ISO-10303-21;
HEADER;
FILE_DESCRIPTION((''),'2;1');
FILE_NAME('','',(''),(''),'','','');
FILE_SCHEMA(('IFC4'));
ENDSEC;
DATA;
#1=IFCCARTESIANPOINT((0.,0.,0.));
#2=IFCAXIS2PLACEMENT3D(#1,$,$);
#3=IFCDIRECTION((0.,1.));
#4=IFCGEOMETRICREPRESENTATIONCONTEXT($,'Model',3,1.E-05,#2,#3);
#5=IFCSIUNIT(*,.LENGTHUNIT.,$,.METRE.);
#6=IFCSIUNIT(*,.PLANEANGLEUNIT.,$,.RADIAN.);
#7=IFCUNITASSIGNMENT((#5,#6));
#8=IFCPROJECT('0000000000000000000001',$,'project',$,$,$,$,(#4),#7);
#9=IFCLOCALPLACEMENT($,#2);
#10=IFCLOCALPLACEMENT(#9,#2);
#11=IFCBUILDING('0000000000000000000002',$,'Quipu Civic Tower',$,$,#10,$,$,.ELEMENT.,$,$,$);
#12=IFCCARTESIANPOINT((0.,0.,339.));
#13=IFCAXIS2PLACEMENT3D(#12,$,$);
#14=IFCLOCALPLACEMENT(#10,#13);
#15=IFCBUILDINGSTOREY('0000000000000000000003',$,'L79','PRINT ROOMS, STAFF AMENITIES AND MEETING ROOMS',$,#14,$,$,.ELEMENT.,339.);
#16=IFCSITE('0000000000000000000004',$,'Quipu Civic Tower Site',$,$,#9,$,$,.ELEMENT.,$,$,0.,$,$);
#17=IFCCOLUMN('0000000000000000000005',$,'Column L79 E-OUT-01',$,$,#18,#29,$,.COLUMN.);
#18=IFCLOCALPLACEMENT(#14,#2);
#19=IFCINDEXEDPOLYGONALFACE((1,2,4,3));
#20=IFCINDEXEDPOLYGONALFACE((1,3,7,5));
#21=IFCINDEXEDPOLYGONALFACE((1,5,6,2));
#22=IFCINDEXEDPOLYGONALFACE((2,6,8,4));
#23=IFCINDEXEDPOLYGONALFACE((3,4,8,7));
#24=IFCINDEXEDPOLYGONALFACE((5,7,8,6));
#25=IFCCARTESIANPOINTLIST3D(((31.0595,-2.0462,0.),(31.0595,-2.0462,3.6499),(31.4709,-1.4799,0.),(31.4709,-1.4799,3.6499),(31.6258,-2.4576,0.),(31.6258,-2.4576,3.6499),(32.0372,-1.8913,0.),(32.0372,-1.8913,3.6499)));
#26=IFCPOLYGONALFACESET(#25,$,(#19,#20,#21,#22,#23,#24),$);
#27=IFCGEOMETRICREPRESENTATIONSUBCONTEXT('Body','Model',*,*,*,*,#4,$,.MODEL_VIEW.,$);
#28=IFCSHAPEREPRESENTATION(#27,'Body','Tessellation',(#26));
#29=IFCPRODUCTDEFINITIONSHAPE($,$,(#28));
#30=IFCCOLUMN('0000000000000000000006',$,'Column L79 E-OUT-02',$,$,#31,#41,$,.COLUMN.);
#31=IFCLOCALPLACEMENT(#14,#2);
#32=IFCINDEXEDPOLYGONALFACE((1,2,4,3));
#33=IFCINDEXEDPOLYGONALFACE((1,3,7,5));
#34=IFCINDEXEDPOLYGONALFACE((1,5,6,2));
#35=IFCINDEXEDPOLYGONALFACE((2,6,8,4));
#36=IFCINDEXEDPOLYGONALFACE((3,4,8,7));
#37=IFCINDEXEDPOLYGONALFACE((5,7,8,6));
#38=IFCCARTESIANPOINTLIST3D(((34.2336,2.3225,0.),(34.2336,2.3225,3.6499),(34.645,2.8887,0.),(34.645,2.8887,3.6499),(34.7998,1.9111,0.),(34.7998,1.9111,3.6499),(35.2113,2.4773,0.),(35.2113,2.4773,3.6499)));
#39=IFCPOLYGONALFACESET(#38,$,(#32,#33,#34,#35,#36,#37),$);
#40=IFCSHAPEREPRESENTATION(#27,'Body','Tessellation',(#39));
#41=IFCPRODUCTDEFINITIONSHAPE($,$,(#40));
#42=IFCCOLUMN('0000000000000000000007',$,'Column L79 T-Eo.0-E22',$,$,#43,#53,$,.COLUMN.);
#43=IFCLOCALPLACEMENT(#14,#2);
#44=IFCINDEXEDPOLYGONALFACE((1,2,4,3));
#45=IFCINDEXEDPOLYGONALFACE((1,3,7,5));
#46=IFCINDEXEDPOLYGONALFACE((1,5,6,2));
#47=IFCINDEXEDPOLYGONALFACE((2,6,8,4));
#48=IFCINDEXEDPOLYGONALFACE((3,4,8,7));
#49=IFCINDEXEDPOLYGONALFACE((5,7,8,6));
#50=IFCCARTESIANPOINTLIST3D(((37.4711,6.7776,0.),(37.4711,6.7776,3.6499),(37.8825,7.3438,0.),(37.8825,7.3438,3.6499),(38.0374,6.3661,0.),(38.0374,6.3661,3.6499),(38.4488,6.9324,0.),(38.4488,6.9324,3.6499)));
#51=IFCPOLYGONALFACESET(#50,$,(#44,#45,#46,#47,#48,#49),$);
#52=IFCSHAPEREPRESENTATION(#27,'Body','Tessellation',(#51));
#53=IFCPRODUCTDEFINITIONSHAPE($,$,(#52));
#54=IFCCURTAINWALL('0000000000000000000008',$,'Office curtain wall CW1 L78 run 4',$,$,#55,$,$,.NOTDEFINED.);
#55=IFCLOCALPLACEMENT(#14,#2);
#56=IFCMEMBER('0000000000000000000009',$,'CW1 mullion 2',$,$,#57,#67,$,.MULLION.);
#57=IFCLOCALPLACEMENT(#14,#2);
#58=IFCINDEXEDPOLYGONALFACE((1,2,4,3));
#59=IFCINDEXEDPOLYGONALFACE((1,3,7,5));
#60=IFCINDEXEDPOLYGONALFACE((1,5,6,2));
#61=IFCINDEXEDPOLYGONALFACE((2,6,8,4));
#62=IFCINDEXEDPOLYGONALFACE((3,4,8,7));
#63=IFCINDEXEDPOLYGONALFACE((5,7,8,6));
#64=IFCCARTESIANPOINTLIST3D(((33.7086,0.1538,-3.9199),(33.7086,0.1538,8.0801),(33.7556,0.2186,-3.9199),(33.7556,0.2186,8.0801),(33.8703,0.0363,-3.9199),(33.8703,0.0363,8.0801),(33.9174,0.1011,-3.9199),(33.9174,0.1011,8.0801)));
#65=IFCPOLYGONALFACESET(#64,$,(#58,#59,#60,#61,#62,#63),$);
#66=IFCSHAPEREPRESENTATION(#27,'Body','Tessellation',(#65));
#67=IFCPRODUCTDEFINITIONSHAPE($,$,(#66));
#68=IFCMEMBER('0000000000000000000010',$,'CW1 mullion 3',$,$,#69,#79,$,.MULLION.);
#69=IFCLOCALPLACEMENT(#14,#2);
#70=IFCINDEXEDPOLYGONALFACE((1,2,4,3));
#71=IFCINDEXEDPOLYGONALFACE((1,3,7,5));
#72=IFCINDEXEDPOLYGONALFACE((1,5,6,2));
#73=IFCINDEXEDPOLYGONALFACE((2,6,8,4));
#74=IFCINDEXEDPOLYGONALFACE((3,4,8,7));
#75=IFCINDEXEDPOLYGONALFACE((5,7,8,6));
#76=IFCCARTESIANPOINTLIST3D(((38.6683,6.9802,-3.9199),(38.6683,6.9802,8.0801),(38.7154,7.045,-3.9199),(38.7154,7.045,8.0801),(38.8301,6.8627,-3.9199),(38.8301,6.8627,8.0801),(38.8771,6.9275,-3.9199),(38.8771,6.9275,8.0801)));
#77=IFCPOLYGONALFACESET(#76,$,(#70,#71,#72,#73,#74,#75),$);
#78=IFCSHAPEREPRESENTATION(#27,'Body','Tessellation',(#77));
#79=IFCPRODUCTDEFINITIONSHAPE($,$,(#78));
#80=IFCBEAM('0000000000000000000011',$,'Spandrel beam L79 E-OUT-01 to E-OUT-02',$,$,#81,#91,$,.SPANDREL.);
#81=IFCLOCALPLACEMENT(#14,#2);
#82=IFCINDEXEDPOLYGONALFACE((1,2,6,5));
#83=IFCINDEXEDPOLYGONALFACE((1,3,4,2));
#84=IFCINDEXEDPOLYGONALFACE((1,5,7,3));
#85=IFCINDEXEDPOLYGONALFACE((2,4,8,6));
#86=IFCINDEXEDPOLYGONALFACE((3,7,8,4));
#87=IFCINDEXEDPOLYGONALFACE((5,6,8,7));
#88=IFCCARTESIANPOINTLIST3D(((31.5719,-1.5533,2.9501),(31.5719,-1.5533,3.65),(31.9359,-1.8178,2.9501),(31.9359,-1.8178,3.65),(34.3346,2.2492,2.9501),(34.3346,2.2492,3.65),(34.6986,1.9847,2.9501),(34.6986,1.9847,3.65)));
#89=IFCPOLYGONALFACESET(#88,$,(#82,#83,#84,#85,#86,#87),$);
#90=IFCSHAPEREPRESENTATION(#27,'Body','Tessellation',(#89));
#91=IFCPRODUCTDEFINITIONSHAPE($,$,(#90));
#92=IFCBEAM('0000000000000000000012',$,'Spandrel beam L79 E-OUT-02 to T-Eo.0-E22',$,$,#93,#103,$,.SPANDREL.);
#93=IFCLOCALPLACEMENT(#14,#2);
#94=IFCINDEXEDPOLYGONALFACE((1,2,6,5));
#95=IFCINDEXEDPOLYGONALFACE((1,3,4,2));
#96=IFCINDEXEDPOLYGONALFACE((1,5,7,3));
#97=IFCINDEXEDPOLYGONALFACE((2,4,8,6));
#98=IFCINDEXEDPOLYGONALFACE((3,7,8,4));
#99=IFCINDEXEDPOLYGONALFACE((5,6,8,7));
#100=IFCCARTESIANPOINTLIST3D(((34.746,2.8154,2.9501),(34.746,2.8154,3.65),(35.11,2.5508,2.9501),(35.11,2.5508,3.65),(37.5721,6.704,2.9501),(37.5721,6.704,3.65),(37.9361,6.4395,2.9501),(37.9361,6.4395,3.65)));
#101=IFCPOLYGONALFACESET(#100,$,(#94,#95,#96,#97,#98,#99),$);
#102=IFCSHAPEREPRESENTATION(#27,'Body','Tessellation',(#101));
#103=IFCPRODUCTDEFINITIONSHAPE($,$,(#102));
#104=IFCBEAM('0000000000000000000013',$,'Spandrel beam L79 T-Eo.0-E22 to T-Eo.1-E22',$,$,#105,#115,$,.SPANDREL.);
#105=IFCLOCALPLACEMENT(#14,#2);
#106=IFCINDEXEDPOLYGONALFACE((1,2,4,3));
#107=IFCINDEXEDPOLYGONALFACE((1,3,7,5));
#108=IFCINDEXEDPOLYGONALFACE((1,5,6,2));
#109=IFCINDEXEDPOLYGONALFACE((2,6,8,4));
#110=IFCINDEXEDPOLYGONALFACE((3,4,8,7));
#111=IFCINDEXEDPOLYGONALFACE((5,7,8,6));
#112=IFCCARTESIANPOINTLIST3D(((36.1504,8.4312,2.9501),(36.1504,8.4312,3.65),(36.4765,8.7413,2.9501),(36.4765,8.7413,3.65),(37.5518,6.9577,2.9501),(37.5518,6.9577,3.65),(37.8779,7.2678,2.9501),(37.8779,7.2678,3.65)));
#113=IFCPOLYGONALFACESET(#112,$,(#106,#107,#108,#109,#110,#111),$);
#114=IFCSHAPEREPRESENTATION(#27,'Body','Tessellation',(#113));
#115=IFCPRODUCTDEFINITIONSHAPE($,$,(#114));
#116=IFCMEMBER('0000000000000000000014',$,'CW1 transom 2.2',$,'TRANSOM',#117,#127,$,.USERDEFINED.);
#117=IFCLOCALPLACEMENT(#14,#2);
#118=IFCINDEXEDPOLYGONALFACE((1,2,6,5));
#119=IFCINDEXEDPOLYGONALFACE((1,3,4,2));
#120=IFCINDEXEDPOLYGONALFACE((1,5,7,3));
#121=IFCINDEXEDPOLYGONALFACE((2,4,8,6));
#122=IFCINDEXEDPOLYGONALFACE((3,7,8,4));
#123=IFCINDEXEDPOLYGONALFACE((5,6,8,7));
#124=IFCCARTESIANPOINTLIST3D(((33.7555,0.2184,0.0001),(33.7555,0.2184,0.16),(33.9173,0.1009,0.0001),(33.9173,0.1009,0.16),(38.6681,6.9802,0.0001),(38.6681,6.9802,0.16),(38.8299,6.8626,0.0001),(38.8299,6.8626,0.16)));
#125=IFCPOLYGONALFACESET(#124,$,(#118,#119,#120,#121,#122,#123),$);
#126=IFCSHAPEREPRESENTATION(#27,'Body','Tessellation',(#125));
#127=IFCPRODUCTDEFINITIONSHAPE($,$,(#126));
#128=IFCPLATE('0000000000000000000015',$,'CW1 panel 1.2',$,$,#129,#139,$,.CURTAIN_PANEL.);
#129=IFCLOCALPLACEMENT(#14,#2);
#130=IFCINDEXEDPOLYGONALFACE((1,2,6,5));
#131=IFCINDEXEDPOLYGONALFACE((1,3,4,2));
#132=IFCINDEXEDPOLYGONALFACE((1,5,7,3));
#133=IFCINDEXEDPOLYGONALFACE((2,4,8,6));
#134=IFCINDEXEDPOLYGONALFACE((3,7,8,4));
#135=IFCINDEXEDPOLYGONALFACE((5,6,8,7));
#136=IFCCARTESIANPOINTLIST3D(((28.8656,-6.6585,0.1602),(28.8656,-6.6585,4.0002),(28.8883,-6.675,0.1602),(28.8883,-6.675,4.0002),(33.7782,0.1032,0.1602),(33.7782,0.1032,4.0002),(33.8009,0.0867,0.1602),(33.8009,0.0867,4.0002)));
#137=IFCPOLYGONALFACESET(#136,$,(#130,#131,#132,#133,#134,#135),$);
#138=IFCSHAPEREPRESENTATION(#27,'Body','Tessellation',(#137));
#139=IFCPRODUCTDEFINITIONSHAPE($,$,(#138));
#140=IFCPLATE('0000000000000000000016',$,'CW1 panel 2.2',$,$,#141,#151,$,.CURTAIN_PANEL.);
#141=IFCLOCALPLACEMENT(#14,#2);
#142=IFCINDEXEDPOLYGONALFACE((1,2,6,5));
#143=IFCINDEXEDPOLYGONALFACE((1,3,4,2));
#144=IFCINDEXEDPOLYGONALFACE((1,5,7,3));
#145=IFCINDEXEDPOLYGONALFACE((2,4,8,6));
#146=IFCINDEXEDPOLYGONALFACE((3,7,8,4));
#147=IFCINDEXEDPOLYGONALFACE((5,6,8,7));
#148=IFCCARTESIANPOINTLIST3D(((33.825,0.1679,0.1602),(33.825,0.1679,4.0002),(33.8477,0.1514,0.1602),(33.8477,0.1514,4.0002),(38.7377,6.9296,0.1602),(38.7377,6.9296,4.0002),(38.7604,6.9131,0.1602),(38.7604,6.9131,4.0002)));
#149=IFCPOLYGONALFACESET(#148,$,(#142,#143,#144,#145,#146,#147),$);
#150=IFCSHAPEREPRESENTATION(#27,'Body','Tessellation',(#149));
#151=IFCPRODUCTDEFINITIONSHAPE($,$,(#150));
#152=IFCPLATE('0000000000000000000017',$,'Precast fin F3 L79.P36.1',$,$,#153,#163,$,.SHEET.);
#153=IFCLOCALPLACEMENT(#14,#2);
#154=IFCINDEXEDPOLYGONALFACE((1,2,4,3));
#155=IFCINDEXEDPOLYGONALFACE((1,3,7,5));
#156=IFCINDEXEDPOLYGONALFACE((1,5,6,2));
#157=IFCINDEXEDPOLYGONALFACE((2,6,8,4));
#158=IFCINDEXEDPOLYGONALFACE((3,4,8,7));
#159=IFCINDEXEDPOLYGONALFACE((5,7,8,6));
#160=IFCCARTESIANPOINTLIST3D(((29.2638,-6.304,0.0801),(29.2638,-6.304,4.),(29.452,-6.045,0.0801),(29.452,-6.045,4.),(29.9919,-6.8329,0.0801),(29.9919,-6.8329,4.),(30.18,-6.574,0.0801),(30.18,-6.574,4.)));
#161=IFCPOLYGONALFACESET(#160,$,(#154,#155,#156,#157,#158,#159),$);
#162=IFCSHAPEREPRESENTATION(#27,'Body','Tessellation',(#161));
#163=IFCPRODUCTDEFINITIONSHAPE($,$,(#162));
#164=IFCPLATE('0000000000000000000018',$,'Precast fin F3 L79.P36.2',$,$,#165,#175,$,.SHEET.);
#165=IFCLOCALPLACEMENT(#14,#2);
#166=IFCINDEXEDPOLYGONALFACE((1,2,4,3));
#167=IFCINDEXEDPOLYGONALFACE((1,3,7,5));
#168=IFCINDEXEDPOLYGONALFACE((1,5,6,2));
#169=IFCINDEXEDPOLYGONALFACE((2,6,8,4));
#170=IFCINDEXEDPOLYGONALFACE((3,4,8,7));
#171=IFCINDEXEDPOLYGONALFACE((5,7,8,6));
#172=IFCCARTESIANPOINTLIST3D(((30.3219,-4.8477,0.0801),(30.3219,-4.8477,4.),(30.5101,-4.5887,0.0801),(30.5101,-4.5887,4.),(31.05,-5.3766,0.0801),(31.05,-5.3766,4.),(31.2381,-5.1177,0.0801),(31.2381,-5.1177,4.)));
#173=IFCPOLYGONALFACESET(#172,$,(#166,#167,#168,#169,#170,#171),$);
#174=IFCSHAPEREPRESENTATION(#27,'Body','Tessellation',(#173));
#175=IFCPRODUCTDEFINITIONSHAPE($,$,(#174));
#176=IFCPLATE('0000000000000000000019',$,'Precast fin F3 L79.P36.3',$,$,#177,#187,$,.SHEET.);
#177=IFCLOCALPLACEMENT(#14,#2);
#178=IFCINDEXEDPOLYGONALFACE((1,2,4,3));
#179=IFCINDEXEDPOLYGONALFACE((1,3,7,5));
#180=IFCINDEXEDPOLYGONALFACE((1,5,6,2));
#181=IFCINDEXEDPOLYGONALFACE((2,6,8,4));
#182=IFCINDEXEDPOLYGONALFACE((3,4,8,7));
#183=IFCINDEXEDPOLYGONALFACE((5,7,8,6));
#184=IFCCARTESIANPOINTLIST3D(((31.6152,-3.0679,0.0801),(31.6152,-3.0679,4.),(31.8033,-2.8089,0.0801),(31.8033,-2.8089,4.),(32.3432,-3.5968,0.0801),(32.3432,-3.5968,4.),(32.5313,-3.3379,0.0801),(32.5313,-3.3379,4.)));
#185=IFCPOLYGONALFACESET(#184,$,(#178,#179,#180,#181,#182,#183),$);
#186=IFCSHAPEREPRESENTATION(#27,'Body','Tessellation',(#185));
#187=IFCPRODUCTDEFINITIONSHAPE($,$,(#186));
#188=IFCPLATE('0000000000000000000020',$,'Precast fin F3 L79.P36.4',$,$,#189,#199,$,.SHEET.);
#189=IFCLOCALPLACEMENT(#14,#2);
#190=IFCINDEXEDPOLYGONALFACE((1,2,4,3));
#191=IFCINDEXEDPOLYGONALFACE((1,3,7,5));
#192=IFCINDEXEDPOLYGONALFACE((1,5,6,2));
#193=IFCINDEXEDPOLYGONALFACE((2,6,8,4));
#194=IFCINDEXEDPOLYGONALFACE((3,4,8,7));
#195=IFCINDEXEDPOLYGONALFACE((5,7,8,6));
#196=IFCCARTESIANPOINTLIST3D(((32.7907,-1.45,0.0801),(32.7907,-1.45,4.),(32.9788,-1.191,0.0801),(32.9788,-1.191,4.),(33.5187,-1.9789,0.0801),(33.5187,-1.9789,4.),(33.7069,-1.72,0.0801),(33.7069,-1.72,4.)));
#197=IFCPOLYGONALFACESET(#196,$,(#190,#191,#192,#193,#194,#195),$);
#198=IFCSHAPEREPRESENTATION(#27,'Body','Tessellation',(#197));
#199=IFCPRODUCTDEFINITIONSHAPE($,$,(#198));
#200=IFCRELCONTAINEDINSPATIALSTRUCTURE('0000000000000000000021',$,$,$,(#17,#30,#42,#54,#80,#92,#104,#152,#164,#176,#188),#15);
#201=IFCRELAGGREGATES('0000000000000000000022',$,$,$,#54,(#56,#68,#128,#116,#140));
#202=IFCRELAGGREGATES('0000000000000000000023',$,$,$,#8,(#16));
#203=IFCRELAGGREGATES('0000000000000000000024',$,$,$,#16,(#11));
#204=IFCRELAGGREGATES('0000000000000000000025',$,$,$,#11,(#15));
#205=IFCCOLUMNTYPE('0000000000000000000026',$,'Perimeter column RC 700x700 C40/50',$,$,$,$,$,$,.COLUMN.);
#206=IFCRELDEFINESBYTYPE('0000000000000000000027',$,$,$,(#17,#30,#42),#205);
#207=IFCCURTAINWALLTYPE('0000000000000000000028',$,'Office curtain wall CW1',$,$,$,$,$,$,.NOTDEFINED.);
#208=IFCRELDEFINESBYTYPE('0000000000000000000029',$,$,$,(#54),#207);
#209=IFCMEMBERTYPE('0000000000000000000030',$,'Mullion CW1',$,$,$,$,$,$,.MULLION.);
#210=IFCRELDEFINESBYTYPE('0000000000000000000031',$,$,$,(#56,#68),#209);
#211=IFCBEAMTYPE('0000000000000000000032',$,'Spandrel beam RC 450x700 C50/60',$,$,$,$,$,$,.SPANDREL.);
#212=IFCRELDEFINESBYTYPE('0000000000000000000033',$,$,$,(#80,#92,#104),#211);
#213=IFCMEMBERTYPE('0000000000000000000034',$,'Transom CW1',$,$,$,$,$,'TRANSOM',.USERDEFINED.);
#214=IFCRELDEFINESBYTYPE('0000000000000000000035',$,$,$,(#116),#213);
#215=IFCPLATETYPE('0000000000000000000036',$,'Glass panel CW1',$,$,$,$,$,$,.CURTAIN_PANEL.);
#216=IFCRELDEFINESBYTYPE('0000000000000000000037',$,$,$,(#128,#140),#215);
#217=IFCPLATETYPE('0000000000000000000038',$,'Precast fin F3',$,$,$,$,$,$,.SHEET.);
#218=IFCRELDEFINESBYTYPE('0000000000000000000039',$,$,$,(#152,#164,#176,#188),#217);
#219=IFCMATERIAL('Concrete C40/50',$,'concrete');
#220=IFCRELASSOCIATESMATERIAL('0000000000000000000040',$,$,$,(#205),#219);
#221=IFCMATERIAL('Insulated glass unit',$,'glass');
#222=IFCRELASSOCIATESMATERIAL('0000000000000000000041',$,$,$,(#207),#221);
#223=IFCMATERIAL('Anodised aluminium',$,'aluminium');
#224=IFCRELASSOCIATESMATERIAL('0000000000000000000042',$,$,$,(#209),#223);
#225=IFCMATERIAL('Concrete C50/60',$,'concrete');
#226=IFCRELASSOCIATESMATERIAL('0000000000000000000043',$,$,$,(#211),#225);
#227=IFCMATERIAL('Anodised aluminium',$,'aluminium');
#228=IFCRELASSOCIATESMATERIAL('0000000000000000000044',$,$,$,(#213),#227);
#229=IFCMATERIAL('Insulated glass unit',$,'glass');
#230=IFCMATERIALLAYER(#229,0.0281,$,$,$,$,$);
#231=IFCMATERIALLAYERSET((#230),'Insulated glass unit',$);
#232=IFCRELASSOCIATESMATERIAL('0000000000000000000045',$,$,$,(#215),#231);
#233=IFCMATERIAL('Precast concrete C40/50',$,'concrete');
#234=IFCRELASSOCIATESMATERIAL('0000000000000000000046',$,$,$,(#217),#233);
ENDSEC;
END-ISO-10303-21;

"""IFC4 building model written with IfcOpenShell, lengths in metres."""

from ifc_helpers import new_model, si_unit, direction, frame, origin, origin_2d, place, context, subcontext, project, spatial, rectangle, extrude, material, layer, layer_set, material_profile, profile_set, type_object, element, aggregate, save


model = new_model("IFC4")

# Units and contexts
model_context = context("Model", 3, precision=1e-05, world=origin(), true_north=direction((0.0, 1.0)))
body_context = subcontext(model_context, "Body", "Model", "MODEL_VIEW")
ifc_project = project(units=[si_unit("LENGTHUNIT", "METRE"), si_unit("PLANEANGLEUNIT", "RADIAN")], contexts=[model_context])

# Site, building, storey
site_placement = place(None, origin())
site = spatial("IfcSite", under=ifc_project, at=site_placement, Name="Quipu Civic Tower Site", CompositionType="ELEMENT", RefElevation=0.0)
building_placement = place(site_placement, origin())
building = spatial("IfcBuilding", under=site, at=building_placement, Name="Quipu Civic Tower", CompositionType="ELEMENT")
storey_placement = place(building_placement, frame((0.0, 0.0, 339.0)))
storey = spatial("IfcBuildingStorey", under=building, at=storey_placement, Name="L79", Description="PRINT ROOMS, STAFF AMENITIES AND MEETING ROOMS", CompositionType="ELEMENT", Elevation=339.0)

# Columns
ifc_material_1 = material(Name="Concrete C40/50", Category="concrete")
ifc_material_profile_1 = material_profile(ifc_material_1, rectangle(XDim=0.7, YDim=0.7, at=origin_2d()), Name="RC700x700")
ifc_profile_set_1 = profile_set([ifc_material_profile_1], Name="Concrete C40/50")
column_type = type_object("IfcColumnType", Name="Perimeter column RC 700x700 C40/50", PredefinedType="COLUMN", material=ifc_profile_set_1)
for number, where, z_axis, x_axis, name in (
    (1, (31.5483, -1.9688, 0.0), (0.0, 0.0, 1.0), (0.587785, 0.809017, 0.0), "Column L79 E-OUT-01"),
    (2, (34.7224, 2.3999, 0.0), (0.0, 0.0, 1.0), (0.587785, 0.809017, 0.0), "Column L79 E-OUT-02"),
    (3, (37.96, 6.855, 0.0), (0.0, 0.0, 1.0), (0.587785, 0.809017, 0.0), "Column L79 T-Eo.0-E22"),
):
    element("IfcColumn", number, at=place(storey_placement, frame(where, z_axis=z_axis, x_axis=x_axis)), inside=storey, type_object=column_type, Name=name, PredefinedType="COLUMN", context=body_context, shape_type="SweptSolid", body=[
        extrude(rectangle(XDim=0.7, YDim=0.7, at=origin_2d()), origin(), (0.0, 0.0, 1.0), 3.6499),
    ])

# Curtain wall, members
ifc_material_2 = material(Name="Insulated glass unit", Category="glass")
curtain_wall_type = type_object("IfcCurtainWallType", Name="Office curtain wall CW1", PredefinedType="NOTDEFINED", material=ifc_material_2)
curtain_wall_placement = place(storey_placement, origin())
curtain_wall = element("IfcCurtainWall", 4, at=curtain_wall_placement, inside=storey, type_object=curtain_wall_type, Name="Office curtain wall CW1 L78 run 4", PredefinedType="NOTDEFINED")
ifc_material_3 = material(Name="Anodised aluminium", Category="aluminium")
ifc_material_profile_2 = material_profile(ifc_material_3, rectangle(XDim=0.2, YDim=0.0801, at=origin_2d()), Name="RECT 200x80")
ifc_profile_set_2 = profile_set([ifc_material_profile_2], Name="Anodised aluminium")
member_type_1 = type_object("IfcMemberType", Name="Mullion CW1", PredefinedType="MULLION", material=ifc_profile_set_2)
member_1_placement = place(storey_placement, frame((33.813, 0.1274, -3.9199), z_axis=(0.0, 0.0, 1.0), x_axis=(-0.809016, 0.587786, 0.0)))
member_1 = element("IfcMember", 5, at=member_1_placement, type_object=member_type_1, Name="CW1 mullion 2", PredefinedType="MULLION", context=body_context, shape_type="SweptSolid", body=[
    extrude(rectangle(XDim=0.2, YDim=0.0801, at=origin_2d()), origin(), (0.0, 0.0, 1.0), 12.0),
])
member_2_placement = place(storey_placement, frame((38.7727, 6.9539, -3.9199), z_axis=(0.0, 0.0, 1.0), x_axis=(-0.809016, 0.587786, 0.0)))
member_2 = element("IfcMember", 6, at=member_2_placement, type_object=member_type_1, Name="CW1 mullion 3", PredefinedType="MULLION", context=body_context, shape_type="SweptSolid", body=[
    extrude(rectangle(XDim=0.2, YDim=0.0801, at=origin_2d()), origin(), (0.0, 0.0, 1.0), 12.0),
])

# Beams
ifc_material_4 = material(Name="Concrete C50/60", Category="concrete")
ifc_material_profile_3 = material_profile(ifc_material_4, rectangle(XDim=0.45, YDim=0.7, at=origin_2d()), Name="RC450x700")
ifc_profile_set_3 = profile_set([ifc_material_profile_3], Name="Concrete C50/60")
beam_type = type_object("IfcBeamType", Name="Spandrel beam RC 450x700 C50/60", PredefinedType="SPANDREL", material=ifc_profile_set_3)
beam_1_placement = place(storey_placement, frame((31.7539, -1.6855, 3.3), z_axis=(0.587789, 0.809015, 0.0), x_axis=(-0.809015, 0.587789, 0.0)))
element("IfcBeam", 7, at=beam_1_placement, inside=storey, type_object=beam_type, Name="Spandrel beam L79 E-OUT-01 to E-OUT-02", PredefinedType="SPANDREL", context=body_context, shape_type="SweptSolid", body=[
    extrude(rectangle(XDim=0.45, YDim=0.7, at=origin_2d()), origin(), (0.0, 0.0, 1.0), 4.7002),
])
beam_2_placement = place(storey_placement, frame((34.928, 2.6831, 3.3), z_axis=(0.587906, 0.808929, 0.0), x_axis=(-0.808929, 0.587906, 0.0)))
element("IfcBeam", 8, at=beam_2_placement, inside=storey, type_object=beam_type, Name="Spandrel beam L79 E-OUT-02 to T-Eo.0-E22", PredefinedType="SPANDREL", context=body_context, shape_type="SweptSolid", body=[
    extrude(rectangle(XDim=0.45, YDim=0.7, at=origin_2d()), origin(), (0.0, 0.0, 1.0), 4.8071),
])
beam_3_placement = place(storey_placement, frame((37.7148, 7.1128, 3.3), z_axis=(-0.689175, 0.724595, 0.0), x_axis=(-0.724595, -0.689175, 0.0)))
element("IfcBeam", 9, at=beam_3_placement, inside=storey, type_object=beam_type, Name="Spandrel beam L79 T-Eo.0-E22 to T-Eo.1-E22", PredefinedType="SPANDREL", context=body_context, shape_type="SweptSolid", body=[
    extrude(rectangle(XDim=0.45, YDim=0.7, at=origin_2d()), origin(), (0.0, 0.0, 1.0), 2.0334),
])

# Member
ifc_material_5 = material(Name="Anodised aluminium", Category="aluminium")
ifc_material_profile_4 = material_profile(ifc_material_5, rectangle(XDim=0.2, YDim=0.1599, at=origin_2d()), Name="RECT 200x160")
ifc_profile_set_4 = profile_set([ifc_material_profile_4], Name="Anodised aluminium")
member_type_2 = type_object("IfcMemberType", Name="Transom CW1", ElementType="TRANSOM", PredefinedType="USERDEFINED", material=ifc_profile_set_4)
member_3_placement = place(storey_placement, frame((33.8364, 0.1597, 0.0801), z_axis=(0.587779, 0.809021, 0.0), x_axis=(-0.809021, 0.587779, 0.0)))
member_3 = element("IfcMember", 10, at=member_3_placement, type_object=member_type_2, Name="CW1 transom 2.2", ObjectType="TRANSOM", PredefinedType="USERDEFINED", context=body_context, shape_type="SweptSolid", body=[
    extrude(rectangle(XDim=0.2, YDim=0.1599, at=origin_2d()), origin(), (0.0, 0.0, 1.0), 8.3579),
])

# Plates
ifc_material_6 = material(Name="Insulated glass unit", Category="glass")
ifc_layer = layer(ifc_material_6, 0.0281)
ifc_layer_set = layer_set([ifc_layer], Name="Insulated glass unit")
plate_type_1 = type_object("IfcPlateType", Name="Glass panel CW1", PredefinedType="CURTAIN_PANEL", material=ifc_layer_set)
plate_1_placement = place(storey_placement, frame((31.3333, -3.2859, 0.1602), z_axis=(0.0, 0.0, 1.0), x_axis=(0.587786, 0.809016, 0.0)))
plate_1 = element("IfcPlate", 11, at=plate_1_placement, type_object=plate_type_1, Name="CW1 panel 1.2", PredefinedType="CURTAIN_PANEL", context=body_context, shape_type="SweptSolid", body=[
    extrude(rectangle(XDim=8.3579, YDim=0.0281, at=origin_2d()), origin(), (0.0, 0.0, 1.0), 3.8401),
])
plate_2_placement = place(storey_placement, frame((36.2927, 3.5405, 0.1602), z_axis=(0.0, 0.0, 1.0), x_axis=(0.587786, 0.809016, 0.0)))
plate_2 = element("IfcPlate", 12, at=plate_2_placement, type_object=plate_type_1, Name="CW1 panel 2.2", PredefinedType="CURTAIN_PANEL", context=body_context, shape_type="SweptSolid", body=[
    extrude(rectangle(XDim=8.3579, YDim=0.0281, at=origin_2d()), origin(), (0.0, 0.0, 1.0), 3.8401),
])
aggregate(curtain_wall, [member_1, member_2, plate_1, member_3, plate_2])

# Plates
ifc_material_7 = material(Name="Precast concrete C40/50", Category="concrete")
plate_type_2 = type_object("IfcPlateType", Name="Precast fin F3", PredefinedType="SHEET", material=ifc_material_7)
for number, where, z_axis, x_axis, name in (
    (13, (29.7219, -6.439, 0.0801), (0.0, 0.0, 1.0), (0.587787, 0.809016, 0.0), "Precast fin F3 L79.P36.1"),
    (14, (30.78, -4.9827, 0.0801), (0.0, 0.0, 1.0), (0.587787, 0.809016, 0.0), "Precast fin F3 L79.P36.2"),
    (15, (32.0732, -3.2029, 0.0801), (0.0, 0.0, 1.0), (0.587787, 0.809016, 0.0), "Precast fin F3 L79.P36.3"),
    (16, (33.2488, -1.585, 0.0801), (0.0, 0.0, 1.0), (0.587787, 0.809016, 0.0), "Precast fin F3 L79.P36.4"),
):
    element("IfcPlate", number, at=place(storey_placement, frame(where, z_axis=z_axis, x_axis=x_axis)), inside=storey, type_object=plate_type_2, Name=name, PredefinedType="SHEET", context=body_context, shape_type="SweptSolid", body=[
        extrude(rectangle(XDim=0.3201, YDim=0.8999, at=origin_2d()), origin(), (0.0, 0.0, 1.0), 3.9199),
    ])

save(model, "model.ifc")
